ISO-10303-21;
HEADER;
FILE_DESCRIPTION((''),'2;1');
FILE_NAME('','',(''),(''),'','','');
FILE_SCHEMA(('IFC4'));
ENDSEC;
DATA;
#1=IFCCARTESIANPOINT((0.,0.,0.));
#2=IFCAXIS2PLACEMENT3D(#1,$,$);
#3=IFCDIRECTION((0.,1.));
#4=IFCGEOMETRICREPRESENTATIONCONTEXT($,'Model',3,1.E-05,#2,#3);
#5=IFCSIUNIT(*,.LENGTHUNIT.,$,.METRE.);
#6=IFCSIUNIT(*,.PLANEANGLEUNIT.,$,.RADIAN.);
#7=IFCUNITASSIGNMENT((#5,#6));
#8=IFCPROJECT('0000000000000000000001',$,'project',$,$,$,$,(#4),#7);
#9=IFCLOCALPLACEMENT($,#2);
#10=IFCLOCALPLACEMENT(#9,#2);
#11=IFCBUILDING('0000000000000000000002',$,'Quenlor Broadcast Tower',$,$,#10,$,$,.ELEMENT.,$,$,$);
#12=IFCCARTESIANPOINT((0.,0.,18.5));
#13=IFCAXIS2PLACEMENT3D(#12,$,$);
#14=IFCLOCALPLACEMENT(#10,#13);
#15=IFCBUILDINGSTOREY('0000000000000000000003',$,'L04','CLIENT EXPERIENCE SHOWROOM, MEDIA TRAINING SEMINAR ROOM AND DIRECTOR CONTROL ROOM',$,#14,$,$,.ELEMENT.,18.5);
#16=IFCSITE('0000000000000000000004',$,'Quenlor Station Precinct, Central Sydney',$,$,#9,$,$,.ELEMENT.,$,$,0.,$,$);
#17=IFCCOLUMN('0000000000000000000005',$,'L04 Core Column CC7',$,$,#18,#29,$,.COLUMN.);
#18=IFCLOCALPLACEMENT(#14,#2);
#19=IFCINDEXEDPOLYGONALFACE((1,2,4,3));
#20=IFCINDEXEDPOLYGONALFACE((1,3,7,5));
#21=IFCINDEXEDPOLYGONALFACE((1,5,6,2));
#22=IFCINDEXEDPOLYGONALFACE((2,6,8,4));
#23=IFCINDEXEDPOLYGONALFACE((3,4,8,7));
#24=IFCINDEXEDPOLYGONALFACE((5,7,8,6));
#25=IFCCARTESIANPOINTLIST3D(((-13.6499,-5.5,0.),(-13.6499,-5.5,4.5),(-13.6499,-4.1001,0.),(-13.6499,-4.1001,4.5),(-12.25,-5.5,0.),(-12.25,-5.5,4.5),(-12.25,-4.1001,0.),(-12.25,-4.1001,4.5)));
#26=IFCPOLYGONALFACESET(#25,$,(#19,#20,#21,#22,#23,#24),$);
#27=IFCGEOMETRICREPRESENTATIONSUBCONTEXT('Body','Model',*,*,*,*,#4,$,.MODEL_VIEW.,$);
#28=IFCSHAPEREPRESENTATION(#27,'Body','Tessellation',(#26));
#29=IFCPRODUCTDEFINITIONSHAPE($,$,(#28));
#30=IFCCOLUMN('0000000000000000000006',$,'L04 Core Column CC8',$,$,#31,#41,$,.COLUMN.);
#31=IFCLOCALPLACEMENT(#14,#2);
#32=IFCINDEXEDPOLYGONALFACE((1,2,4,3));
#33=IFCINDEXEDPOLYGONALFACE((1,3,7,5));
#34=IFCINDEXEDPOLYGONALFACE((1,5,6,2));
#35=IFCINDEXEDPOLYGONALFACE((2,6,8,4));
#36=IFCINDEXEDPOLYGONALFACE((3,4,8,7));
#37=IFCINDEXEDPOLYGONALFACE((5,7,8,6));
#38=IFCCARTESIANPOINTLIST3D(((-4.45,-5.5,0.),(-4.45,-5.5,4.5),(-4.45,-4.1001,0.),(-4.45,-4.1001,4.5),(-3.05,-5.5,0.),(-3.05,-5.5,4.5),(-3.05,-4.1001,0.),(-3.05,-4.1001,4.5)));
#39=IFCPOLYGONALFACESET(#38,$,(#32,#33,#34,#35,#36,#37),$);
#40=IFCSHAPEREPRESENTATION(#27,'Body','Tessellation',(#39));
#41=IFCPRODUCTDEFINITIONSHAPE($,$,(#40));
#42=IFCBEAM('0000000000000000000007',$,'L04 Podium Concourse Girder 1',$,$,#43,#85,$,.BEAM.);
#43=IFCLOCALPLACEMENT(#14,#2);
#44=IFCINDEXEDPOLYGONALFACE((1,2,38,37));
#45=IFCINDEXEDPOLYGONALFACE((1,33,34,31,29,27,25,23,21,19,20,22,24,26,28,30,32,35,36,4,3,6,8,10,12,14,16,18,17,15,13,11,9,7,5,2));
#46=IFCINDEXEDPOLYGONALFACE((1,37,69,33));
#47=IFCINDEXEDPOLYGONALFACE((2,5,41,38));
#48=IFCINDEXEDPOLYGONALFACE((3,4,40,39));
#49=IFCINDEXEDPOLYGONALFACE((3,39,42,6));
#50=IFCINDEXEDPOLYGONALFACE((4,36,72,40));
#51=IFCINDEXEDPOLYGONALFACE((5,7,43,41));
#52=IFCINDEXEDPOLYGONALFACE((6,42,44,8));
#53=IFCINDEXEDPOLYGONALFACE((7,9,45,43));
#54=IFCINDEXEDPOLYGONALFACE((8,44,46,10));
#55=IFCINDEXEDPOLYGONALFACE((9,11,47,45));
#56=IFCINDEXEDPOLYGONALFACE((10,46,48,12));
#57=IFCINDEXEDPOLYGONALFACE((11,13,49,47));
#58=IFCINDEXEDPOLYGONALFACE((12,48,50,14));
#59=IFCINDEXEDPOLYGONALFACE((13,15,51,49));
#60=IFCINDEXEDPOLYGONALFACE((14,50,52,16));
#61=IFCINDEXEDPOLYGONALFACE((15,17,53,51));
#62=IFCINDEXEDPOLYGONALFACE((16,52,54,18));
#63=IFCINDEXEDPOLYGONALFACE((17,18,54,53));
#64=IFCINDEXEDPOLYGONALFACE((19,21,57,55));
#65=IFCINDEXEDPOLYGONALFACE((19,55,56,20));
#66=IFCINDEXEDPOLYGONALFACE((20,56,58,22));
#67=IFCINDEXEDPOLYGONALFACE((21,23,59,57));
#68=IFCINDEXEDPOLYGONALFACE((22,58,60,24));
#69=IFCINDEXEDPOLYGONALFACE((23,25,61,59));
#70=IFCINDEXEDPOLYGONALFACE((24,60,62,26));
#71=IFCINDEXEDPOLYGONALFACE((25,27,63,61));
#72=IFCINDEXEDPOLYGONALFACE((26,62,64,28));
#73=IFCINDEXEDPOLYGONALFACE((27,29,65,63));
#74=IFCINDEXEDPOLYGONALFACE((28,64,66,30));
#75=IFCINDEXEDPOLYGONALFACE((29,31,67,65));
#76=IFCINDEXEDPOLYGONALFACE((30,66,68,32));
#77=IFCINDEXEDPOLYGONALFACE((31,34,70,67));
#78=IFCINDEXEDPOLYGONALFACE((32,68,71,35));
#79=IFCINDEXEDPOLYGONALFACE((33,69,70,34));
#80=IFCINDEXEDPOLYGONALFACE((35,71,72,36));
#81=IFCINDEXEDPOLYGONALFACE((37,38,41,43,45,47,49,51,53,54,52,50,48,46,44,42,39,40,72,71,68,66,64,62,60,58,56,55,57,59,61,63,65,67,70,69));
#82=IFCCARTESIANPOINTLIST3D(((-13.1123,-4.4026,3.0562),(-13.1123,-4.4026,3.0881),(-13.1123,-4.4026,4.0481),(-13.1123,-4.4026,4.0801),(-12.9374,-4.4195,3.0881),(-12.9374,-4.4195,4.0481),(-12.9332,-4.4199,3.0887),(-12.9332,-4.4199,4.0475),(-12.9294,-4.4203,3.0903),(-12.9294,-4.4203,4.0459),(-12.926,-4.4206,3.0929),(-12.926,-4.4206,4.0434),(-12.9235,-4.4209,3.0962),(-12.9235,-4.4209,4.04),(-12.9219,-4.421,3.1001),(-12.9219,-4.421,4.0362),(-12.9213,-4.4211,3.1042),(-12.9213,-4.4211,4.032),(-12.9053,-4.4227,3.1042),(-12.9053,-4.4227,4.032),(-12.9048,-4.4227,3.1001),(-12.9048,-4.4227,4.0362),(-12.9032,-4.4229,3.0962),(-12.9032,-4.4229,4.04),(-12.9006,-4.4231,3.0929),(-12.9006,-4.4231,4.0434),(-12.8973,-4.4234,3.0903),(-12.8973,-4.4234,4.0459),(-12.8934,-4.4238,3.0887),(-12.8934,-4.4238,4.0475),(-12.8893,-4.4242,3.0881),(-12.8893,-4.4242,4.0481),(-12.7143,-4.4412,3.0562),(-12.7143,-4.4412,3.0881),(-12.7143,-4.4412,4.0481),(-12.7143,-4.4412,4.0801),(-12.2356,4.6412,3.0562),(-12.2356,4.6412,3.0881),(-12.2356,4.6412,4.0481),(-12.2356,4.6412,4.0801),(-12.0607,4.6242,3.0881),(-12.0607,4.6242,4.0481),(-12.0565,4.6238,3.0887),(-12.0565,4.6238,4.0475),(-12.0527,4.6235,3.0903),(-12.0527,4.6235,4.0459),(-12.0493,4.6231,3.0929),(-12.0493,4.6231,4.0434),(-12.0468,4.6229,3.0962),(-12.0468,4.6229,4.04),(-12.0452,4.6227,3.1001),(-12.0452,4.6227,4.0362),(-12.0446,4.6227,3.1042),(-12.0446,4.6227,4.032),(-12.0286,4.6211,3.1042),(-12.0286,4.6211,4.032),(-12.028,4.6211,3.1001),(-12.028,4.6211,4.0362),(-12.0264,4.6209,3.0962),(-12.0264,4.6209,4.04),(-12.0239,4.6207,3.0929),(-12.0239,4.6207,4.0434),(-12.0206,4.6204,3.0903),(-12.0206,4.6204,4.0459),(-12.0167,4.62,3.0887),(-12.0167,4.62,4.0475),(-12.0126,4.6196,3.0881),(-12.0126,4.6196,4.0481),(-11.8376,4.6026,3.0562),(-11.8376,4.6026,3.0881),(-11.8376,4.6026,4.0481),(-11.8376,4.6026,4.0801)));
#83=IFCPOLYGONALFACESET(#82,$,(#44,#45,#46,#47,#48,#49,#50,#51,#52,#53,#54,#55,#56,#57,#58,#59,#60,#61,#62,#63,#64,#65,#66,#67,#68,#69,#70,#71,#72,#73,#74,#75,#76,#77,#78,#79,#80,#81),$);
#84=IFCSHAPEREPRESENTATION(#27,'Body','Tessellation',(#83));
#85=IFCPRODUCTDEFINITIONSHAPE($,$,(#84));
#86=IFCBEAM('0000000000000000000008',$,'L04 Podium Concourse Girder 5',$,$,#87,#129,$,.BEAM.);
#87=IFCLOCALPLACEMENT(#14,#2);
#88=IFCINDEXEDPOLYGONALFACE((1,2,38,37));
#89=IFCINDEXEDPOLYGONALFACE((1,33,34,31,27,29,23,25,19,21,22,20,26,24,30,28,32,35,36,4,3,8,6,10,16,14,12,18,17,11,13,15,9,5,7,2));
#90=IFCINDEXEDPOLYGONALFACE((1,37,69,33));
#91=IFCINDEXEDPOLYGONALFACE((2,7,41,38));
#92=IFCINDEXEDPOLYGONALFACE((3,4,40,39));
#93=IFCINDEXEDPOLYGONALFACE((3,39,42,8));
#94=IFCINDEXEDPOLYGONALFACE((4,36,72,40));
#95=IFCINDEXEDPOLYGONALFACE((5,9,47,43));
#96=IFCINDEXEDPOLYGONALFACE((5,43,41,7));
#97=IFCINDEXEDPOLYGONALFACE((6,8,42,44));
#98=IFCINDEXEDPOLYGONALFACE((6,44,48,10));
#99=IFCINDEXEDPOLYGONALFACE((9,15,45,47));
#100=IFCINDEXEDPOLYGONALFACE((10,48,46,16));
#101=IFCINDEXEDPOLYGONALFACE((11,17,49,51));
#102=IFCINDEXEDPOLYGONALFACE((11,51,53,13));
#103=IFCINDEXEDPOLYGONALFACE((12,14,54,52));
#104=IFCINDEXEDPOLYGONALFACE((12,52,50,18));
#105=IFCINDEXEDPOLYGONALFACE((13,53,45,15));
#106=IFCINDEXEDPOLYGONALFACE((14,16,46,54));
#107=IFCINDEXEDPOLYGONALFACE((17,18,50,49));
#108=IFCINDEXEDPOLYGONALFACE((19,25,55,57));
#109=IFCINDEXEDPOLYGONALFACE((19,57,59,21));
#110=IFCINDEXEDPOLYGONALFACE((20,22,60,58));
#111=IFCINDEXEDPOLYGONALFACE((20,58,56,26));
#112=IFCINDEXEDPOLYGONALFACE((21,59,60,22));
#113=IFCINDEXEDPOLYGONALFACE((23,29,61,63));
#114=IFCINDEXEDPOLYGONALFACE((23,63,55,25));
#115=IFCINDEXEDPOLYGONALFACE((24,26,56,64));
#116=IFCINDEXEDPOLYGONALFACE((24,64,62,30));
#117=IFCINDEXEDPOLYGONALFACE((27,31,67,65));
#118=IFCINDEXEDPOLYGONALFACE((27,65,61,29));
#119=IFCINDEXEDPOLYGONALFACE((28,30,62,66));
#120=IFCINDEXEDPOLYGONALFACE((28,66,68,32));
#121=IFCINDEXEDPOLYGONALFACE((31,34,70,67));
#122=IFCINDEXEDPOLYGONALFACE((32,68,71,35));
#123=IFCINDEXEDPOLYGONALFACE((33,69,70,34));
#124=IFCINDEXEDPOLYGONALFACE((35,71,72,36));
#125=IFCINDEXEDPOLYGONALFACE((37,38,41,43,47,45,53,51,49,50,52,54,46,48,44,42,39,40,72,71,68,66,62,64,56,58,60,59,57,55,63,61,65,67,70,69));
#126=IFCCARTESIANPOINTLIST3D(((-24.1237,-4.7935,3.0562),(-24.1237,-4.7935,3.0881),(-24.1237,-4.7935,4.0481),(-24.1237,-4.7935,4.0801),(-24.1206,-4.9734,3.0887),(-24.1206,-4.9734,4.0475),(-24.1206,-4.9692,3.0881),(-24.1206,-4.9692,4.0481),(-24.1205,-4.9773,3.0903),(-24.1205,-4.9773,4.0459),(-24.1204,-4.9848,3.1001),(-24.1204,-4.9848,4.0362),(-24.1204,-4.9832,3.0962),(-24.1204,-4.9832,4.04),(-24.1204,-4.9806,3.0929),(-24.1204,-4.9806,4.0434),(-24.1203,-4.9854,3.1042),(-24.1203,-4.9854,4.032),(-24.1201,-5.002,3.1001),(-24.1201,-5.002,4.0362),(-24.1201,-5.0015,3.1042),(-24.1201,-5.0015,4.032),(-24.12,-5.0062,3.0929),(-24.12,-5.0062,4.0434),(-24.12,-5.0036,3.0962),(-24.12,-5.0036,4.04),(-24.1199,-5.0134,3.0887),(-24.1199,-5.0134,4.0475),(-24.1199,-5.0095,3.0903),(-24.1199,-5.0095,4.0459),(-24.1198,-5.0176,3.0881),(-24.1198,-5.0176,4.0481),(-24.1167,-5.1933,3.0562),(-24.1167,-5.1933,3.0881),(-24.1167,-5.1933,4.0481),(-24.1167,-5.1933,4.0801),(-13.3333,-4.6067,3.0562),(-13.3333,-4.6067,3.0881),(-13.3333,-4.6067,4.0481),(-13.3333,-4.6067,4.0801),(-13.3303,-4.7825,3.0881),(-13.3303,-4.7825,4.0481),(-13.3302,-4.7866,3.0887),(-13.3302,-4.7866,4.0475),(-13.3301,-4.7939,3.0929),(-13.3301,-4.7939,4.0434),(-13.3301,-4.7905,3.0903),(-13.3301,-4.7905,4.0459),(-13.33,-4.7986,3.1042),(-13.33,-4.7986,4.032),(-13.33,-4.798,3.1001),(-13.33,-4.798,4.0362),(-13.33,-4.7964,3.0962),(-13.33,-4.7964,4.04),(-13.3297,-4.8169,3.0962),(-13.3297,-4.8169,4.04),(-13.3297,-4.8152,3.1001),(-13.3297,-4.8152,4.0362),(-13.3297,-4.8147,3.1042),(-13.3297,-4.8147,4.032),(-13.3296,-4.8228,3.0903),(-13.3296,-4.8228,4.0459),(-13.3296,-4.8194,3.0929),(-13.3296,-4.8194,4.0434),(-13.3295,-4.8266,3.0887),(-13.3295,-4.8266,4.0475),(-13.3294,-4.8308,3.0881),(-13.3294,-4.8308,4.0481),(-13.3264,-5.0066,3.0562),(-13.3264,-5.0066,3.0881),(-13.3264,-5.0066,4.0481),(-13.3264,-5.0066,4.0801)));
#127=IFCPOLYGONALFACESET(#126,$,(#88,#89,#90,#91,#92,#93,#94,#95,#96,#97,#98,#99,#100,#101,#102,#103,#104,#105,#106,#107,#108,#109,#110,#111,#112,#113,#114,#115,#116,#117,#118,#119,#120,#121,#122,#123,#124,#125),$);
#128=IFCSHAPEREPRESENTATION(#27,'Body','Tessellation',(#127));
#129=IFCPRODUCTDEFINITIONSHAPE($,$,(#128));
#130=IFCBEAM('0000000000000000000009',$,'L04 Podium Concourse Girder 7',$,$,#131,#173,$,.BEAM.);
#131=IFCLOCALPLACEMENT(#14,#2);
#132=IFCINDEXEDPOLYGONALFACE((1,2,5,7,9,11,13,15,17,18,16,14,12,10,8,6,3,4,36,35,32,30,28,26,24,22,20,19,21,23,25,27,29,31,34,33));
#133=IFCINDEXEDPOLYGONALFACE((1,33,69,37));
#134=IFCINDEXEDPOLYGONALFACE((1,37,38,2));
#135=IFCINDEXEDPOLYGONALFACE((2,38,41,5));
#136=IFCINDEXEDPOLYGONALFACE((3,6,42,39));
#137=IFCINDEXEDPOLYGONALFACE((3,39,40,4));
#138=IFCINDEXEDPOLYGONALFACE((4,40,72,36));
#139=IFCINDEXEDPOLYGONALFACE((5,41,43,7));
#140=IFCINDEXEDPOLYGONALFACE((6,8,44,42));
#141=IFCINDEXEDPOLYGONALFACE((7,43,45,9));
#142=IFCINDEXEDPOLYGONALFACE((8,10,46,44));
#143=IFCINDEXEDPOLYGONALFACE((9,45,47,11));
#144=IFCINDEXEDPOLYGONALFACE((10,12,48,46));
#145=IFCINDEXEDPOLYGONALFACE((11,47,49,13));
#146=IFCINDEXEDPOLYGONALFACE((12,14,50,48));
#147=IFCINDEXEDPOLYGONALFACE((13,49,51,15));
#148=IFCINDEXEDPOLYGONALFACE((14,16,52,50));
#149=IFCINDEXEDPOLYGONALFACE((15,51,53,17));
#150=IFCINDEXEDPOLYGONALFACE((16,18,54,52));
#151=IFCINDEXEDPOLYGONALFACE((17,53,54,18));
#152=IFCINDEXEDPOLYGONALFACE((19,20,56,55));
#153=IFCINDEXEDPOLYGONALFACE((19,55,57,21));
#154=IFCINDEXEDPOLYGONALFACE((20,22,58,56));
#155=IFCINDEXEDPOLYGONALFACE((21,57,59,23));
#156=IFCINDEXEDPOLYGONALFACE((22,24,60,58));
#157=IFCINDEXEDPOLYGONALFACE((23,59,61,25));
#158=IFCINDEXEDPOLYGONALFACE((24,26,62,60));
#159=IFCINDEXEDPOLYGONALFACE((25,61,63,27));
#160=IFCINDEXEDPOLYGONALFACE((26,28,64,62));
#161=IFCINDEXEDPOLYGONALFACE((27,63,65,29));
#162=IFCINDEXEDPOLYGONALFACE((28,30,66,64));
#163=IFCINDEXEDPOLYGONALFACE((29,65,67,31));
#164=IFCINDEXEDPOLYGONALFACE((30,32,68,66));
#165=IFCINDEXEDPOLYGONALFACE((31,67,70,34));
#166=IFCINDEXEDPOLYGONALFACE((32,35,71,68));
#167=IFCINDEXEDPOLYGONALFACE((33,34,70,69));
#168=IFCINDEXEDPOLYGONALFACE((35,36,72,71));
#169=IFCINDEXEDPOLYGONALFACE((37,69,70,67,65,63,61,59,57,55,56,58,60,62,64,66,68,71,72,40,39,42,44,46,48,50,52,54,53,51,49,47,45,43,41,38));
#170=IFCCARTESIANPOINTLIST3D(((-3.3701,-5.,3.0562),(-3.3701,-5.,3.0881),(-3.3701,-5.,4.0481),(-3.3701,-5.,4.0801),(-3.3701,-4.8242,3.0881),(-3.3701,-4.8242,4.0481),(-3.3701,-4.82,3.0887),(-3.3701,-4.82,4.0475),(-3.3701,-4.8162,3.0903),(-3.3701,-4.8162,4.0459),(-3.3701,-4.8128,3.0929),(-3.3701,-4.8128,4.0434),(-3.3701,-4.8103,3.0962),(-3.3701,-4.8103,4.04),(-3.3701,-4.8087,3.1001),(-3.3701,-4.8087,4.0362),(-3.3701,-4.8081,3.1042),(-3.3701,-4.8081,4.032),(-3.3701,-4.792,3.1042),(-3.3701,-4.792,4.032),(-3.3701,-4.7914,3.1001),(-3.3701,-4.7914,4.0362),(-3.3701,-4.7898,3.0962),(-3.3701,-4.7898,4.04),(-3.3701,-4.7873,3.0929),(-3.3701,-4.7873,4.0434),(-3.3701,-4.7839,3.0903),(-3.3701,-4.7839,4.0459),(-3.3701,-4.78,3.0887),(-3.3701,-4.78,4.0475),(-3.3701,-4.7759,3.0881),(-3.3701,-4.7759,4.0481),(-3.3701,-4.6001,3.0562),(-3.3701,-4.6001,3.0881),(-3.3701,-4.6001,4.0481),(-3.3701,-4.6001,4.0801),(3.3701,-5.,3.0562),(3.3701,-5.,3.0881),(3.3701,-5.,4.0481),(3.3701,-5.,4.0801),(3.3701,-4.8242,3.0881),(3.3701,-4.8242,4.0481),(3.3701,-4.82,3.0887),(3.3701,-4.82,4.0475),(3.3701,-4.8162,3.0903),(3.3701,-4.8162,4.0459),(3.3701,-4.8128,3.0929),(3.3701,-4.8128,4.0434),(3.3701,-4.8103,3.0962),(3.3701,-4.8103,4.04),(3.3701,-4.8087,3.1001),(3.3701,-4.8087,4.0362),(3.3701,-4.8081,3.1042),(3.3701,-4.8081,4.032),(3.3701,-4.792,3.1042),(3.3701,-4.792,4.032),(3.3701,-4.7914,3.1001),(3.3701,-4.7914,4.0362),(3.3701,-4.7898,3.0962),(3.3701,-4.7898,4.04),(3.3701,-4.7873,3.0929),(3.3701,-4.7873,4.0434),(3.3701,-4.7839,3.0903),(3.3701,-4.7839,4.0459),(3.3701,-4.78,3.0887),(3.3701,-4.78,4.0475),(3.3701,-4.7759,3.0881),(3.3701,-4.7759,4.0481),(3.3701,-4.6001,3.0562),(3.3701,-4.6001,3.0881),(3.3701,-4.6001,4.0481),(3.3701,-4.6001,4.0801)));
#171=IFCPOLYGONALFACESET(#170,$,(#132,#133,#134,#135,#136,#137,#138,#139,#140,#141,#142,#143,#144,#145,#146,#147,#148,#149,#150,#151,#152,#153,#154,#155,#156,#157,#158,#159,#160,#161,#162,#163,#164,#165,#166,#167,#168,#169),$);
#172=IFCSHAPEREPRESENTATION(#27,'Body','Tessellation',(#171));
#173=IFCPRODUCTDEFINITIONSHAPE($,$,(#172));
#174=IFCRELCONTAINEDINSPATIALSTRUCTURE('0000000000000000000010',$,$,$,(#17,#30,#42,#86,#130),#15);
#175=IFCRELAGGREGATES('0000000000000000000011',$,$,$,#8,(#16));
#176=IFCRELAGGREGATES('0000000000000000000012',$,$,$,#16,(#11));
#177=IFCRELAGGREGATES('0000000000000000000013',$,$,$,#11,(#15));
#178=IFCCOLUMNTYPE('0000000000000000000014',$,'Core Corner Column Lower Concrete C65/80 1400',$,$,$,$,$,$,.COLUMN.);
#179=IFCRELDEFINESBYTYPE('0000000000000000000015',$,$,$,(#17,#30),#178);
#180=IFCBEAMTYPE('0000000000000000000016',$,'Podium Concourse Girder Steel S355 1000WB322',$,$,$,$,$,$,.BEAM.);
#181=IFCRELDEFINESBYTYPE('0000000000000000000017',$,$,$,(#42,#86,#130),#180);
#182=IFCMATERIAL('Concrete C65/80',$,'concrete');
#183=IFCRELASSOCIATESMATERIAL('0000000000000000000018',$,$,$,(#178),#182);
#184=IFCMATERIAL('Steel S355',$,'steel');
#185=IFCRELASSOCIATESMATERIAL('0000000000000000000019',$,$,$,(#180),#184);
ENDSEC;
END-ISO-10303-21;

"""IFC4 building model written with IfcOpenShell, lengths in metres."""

from ifc_helpers import new_model, si_unit, direction, frame, origin, origin_2d, place, context, subcontext, project, spatial, rectangle, i_section, extrude, material, material_profile, profile_set, type_object, element, save


model = new_model("IFC4")

# Units and contexts
model_context = context("Model", 3, precision=1e-05, world=origin(), true_north=direction((0.0, 1.0)))
body_context = subcontext(model_context, "Body", "Model", "MODEL_VIEW")
ifc_project = project(units=[si_unit("LENGTHUNIT", "METRE"), si_unit("PLANEANGLEUNIT", "RADIAN")], contexts=[model_context])

# Site, building, storey
site_placement = place(None, origin())
site = spatial("IfcSite", under=ifc_project, at=site_placement, Name="Quenlor Station Precinct, Central Sydney", CompositionType="ELEMENT", RefElevation=0.0)
building_placement = place(site_placement, origin())
building = spatial("IfcBuilding", under=site, at=building_placement, Name="Quenlor Broadcast Tower", CompositionType="ELEMENT")
storey_placement = place(building_placement, frame((0.0, 0.0, 18.5)))
storey = spatial("IfcBuildingStorey", under=building, at=storey_placement, Name="L04", Description="CLIENT EXPERIENCE SHOWROOM, MEDIA TRAINING SEMINAR ROOM AND DIRECTOR CONTROL ROOM", CompositionType="ELEMENT", Elevation=18.5)

# Columns
ifc_material_1 = material(Name="Concrete C65/80", Category="concrete")
ifc_material_profile_1 = material_profile(ifc_material_1, rectangle(XDim=1.3999, YDim=1.3999, at=origin_2d()))
ifc_profile_set_1 = profile_set([ifc_material_profile_1], Name="Concrete C65/80 RC1400x1400")
column_type = type_object("IfcColumnType", Name="Core Corner Column Lower Concrete C65/80 1400", PredefinedType="COLUMN", material=ifc_profile_set_1)
for number, where, z_axis, x_axis, name in (
    (1, (-12.95, -4.8, 0.0), (0.0, 0.0, 1.0), (1.0, 0.0, 0.0), "L04 Core Column CC7"),
    (2, (-3.75, -4.8, 0.0), (0.0, 0.0, 1.0), (1.0, 0.0, 0.0), "L04 Core Column CC8"),
):
    element("IfcColumn", number, at=place(storey_placement, frame(where, z_axis=z_axis, x_axis=x_axis)), inside=storey, type_object=column_type, Name=name, PredefinedType="COLUMN", context=body_context, shape_type="SweptSolid", body=[
        extrude(rectangle(XDim=1.3999, YDim=1.3999, at=origin_2d()), origin(), (0.0, 0.0, 1.0), 4.5),
    ])

# Beams
ifc_material_2 = material(Name="Steel S355", Category="steel")
ifc_material_profile_2 = material_profile(ifc_material_2, i_section(OverallWidth=0.3999, OverallDepth=1.0239, WebThickness=0.0161, FlangeThickness=0.032, FilletRadius=0.0161, at=origin_2d()))
ifc_profile_set_2 = profile_set([ifc_material_profile_2], Name="Steel S355 1000WB322")
beam_type_1 = type_object("IfcBeamType", Name="Podium Concourse Girder Steel S355 1000WB322", PredefinedType="BEAM", material=ifc_profile_set_2)
beam_1_placement = place(storey_placement, frame((-12.9133, -4.4219, 3.5681), z_axis=(0.096489, 0.995334, 0.0), x_axis=(-0.995334, 0.096489, 0.0)))
element("IfcBeam", 3, at=beam_1_placement, inside=storey, type_object=beam_type_1, Name="L04 Podium Concourse Girder 1", PredefinedType="BEAM", context=body_context, shape_type="SweptSolid", body=[
    extrude(i_section(OverallWidth=0.3999, OverallDepth=1.0239, WebThickness=0.0161, FlangeThickness=0.032, FilletRadius=0.0161, at=origin_2d()), origin(), (0.0, 0.0, 1.0), 9.0862),
])
beam_2_placement = place(storey_placement, frame((-13.3298, -4.8066, 3.5681), z_axis=(-0.99985, -0.017306, 0.0), x_axis=(0.017306, -0.99985, 0.0)))
element("IfcBeam", 4, at=beam_2_placement, inside=storey, type_object=beam_type_1, Name="L04 Podium Concourse Girder 5", PredefinedType="BEAM", context=body_context, shape_type="SweptSolid", body=[
    extrude(i_section(OverallWidth=0.3999, OverallDepth=1.0239, WebThickness=0.0161, FlangeThickness=0.032, FilletRadius=0.0161, at=origin_2d()), origin(), (0.0, 0.0, 1.0), 10.792),
])
beam_3_placement = place(storey_placement, frame((-3.3701, -4.8, 3.5681), z_axis=(1.0, 0.0, 0.0), x_axis=(0.0, 1.0, 0.0)))
element("IfcBeam", 5, at=beam_3_placement, inside=storey, type_object=beam_type_1, Name="L04 Podium Concourse Girder 7", PredefinedType="BEAM", context=body_context, shape_type="SweptSolid", body=[
    extrude(i_section(OverallWidth=0.3999, OverallDepth=1.0239, WebThickness=0.0161, FlangeThickness=0.032, FilletRadius=0.0161, at=origin_2d()), origin(), (0.0, 0.0, 1.0), 6.7402),
])

save(model, "model.ifc")
